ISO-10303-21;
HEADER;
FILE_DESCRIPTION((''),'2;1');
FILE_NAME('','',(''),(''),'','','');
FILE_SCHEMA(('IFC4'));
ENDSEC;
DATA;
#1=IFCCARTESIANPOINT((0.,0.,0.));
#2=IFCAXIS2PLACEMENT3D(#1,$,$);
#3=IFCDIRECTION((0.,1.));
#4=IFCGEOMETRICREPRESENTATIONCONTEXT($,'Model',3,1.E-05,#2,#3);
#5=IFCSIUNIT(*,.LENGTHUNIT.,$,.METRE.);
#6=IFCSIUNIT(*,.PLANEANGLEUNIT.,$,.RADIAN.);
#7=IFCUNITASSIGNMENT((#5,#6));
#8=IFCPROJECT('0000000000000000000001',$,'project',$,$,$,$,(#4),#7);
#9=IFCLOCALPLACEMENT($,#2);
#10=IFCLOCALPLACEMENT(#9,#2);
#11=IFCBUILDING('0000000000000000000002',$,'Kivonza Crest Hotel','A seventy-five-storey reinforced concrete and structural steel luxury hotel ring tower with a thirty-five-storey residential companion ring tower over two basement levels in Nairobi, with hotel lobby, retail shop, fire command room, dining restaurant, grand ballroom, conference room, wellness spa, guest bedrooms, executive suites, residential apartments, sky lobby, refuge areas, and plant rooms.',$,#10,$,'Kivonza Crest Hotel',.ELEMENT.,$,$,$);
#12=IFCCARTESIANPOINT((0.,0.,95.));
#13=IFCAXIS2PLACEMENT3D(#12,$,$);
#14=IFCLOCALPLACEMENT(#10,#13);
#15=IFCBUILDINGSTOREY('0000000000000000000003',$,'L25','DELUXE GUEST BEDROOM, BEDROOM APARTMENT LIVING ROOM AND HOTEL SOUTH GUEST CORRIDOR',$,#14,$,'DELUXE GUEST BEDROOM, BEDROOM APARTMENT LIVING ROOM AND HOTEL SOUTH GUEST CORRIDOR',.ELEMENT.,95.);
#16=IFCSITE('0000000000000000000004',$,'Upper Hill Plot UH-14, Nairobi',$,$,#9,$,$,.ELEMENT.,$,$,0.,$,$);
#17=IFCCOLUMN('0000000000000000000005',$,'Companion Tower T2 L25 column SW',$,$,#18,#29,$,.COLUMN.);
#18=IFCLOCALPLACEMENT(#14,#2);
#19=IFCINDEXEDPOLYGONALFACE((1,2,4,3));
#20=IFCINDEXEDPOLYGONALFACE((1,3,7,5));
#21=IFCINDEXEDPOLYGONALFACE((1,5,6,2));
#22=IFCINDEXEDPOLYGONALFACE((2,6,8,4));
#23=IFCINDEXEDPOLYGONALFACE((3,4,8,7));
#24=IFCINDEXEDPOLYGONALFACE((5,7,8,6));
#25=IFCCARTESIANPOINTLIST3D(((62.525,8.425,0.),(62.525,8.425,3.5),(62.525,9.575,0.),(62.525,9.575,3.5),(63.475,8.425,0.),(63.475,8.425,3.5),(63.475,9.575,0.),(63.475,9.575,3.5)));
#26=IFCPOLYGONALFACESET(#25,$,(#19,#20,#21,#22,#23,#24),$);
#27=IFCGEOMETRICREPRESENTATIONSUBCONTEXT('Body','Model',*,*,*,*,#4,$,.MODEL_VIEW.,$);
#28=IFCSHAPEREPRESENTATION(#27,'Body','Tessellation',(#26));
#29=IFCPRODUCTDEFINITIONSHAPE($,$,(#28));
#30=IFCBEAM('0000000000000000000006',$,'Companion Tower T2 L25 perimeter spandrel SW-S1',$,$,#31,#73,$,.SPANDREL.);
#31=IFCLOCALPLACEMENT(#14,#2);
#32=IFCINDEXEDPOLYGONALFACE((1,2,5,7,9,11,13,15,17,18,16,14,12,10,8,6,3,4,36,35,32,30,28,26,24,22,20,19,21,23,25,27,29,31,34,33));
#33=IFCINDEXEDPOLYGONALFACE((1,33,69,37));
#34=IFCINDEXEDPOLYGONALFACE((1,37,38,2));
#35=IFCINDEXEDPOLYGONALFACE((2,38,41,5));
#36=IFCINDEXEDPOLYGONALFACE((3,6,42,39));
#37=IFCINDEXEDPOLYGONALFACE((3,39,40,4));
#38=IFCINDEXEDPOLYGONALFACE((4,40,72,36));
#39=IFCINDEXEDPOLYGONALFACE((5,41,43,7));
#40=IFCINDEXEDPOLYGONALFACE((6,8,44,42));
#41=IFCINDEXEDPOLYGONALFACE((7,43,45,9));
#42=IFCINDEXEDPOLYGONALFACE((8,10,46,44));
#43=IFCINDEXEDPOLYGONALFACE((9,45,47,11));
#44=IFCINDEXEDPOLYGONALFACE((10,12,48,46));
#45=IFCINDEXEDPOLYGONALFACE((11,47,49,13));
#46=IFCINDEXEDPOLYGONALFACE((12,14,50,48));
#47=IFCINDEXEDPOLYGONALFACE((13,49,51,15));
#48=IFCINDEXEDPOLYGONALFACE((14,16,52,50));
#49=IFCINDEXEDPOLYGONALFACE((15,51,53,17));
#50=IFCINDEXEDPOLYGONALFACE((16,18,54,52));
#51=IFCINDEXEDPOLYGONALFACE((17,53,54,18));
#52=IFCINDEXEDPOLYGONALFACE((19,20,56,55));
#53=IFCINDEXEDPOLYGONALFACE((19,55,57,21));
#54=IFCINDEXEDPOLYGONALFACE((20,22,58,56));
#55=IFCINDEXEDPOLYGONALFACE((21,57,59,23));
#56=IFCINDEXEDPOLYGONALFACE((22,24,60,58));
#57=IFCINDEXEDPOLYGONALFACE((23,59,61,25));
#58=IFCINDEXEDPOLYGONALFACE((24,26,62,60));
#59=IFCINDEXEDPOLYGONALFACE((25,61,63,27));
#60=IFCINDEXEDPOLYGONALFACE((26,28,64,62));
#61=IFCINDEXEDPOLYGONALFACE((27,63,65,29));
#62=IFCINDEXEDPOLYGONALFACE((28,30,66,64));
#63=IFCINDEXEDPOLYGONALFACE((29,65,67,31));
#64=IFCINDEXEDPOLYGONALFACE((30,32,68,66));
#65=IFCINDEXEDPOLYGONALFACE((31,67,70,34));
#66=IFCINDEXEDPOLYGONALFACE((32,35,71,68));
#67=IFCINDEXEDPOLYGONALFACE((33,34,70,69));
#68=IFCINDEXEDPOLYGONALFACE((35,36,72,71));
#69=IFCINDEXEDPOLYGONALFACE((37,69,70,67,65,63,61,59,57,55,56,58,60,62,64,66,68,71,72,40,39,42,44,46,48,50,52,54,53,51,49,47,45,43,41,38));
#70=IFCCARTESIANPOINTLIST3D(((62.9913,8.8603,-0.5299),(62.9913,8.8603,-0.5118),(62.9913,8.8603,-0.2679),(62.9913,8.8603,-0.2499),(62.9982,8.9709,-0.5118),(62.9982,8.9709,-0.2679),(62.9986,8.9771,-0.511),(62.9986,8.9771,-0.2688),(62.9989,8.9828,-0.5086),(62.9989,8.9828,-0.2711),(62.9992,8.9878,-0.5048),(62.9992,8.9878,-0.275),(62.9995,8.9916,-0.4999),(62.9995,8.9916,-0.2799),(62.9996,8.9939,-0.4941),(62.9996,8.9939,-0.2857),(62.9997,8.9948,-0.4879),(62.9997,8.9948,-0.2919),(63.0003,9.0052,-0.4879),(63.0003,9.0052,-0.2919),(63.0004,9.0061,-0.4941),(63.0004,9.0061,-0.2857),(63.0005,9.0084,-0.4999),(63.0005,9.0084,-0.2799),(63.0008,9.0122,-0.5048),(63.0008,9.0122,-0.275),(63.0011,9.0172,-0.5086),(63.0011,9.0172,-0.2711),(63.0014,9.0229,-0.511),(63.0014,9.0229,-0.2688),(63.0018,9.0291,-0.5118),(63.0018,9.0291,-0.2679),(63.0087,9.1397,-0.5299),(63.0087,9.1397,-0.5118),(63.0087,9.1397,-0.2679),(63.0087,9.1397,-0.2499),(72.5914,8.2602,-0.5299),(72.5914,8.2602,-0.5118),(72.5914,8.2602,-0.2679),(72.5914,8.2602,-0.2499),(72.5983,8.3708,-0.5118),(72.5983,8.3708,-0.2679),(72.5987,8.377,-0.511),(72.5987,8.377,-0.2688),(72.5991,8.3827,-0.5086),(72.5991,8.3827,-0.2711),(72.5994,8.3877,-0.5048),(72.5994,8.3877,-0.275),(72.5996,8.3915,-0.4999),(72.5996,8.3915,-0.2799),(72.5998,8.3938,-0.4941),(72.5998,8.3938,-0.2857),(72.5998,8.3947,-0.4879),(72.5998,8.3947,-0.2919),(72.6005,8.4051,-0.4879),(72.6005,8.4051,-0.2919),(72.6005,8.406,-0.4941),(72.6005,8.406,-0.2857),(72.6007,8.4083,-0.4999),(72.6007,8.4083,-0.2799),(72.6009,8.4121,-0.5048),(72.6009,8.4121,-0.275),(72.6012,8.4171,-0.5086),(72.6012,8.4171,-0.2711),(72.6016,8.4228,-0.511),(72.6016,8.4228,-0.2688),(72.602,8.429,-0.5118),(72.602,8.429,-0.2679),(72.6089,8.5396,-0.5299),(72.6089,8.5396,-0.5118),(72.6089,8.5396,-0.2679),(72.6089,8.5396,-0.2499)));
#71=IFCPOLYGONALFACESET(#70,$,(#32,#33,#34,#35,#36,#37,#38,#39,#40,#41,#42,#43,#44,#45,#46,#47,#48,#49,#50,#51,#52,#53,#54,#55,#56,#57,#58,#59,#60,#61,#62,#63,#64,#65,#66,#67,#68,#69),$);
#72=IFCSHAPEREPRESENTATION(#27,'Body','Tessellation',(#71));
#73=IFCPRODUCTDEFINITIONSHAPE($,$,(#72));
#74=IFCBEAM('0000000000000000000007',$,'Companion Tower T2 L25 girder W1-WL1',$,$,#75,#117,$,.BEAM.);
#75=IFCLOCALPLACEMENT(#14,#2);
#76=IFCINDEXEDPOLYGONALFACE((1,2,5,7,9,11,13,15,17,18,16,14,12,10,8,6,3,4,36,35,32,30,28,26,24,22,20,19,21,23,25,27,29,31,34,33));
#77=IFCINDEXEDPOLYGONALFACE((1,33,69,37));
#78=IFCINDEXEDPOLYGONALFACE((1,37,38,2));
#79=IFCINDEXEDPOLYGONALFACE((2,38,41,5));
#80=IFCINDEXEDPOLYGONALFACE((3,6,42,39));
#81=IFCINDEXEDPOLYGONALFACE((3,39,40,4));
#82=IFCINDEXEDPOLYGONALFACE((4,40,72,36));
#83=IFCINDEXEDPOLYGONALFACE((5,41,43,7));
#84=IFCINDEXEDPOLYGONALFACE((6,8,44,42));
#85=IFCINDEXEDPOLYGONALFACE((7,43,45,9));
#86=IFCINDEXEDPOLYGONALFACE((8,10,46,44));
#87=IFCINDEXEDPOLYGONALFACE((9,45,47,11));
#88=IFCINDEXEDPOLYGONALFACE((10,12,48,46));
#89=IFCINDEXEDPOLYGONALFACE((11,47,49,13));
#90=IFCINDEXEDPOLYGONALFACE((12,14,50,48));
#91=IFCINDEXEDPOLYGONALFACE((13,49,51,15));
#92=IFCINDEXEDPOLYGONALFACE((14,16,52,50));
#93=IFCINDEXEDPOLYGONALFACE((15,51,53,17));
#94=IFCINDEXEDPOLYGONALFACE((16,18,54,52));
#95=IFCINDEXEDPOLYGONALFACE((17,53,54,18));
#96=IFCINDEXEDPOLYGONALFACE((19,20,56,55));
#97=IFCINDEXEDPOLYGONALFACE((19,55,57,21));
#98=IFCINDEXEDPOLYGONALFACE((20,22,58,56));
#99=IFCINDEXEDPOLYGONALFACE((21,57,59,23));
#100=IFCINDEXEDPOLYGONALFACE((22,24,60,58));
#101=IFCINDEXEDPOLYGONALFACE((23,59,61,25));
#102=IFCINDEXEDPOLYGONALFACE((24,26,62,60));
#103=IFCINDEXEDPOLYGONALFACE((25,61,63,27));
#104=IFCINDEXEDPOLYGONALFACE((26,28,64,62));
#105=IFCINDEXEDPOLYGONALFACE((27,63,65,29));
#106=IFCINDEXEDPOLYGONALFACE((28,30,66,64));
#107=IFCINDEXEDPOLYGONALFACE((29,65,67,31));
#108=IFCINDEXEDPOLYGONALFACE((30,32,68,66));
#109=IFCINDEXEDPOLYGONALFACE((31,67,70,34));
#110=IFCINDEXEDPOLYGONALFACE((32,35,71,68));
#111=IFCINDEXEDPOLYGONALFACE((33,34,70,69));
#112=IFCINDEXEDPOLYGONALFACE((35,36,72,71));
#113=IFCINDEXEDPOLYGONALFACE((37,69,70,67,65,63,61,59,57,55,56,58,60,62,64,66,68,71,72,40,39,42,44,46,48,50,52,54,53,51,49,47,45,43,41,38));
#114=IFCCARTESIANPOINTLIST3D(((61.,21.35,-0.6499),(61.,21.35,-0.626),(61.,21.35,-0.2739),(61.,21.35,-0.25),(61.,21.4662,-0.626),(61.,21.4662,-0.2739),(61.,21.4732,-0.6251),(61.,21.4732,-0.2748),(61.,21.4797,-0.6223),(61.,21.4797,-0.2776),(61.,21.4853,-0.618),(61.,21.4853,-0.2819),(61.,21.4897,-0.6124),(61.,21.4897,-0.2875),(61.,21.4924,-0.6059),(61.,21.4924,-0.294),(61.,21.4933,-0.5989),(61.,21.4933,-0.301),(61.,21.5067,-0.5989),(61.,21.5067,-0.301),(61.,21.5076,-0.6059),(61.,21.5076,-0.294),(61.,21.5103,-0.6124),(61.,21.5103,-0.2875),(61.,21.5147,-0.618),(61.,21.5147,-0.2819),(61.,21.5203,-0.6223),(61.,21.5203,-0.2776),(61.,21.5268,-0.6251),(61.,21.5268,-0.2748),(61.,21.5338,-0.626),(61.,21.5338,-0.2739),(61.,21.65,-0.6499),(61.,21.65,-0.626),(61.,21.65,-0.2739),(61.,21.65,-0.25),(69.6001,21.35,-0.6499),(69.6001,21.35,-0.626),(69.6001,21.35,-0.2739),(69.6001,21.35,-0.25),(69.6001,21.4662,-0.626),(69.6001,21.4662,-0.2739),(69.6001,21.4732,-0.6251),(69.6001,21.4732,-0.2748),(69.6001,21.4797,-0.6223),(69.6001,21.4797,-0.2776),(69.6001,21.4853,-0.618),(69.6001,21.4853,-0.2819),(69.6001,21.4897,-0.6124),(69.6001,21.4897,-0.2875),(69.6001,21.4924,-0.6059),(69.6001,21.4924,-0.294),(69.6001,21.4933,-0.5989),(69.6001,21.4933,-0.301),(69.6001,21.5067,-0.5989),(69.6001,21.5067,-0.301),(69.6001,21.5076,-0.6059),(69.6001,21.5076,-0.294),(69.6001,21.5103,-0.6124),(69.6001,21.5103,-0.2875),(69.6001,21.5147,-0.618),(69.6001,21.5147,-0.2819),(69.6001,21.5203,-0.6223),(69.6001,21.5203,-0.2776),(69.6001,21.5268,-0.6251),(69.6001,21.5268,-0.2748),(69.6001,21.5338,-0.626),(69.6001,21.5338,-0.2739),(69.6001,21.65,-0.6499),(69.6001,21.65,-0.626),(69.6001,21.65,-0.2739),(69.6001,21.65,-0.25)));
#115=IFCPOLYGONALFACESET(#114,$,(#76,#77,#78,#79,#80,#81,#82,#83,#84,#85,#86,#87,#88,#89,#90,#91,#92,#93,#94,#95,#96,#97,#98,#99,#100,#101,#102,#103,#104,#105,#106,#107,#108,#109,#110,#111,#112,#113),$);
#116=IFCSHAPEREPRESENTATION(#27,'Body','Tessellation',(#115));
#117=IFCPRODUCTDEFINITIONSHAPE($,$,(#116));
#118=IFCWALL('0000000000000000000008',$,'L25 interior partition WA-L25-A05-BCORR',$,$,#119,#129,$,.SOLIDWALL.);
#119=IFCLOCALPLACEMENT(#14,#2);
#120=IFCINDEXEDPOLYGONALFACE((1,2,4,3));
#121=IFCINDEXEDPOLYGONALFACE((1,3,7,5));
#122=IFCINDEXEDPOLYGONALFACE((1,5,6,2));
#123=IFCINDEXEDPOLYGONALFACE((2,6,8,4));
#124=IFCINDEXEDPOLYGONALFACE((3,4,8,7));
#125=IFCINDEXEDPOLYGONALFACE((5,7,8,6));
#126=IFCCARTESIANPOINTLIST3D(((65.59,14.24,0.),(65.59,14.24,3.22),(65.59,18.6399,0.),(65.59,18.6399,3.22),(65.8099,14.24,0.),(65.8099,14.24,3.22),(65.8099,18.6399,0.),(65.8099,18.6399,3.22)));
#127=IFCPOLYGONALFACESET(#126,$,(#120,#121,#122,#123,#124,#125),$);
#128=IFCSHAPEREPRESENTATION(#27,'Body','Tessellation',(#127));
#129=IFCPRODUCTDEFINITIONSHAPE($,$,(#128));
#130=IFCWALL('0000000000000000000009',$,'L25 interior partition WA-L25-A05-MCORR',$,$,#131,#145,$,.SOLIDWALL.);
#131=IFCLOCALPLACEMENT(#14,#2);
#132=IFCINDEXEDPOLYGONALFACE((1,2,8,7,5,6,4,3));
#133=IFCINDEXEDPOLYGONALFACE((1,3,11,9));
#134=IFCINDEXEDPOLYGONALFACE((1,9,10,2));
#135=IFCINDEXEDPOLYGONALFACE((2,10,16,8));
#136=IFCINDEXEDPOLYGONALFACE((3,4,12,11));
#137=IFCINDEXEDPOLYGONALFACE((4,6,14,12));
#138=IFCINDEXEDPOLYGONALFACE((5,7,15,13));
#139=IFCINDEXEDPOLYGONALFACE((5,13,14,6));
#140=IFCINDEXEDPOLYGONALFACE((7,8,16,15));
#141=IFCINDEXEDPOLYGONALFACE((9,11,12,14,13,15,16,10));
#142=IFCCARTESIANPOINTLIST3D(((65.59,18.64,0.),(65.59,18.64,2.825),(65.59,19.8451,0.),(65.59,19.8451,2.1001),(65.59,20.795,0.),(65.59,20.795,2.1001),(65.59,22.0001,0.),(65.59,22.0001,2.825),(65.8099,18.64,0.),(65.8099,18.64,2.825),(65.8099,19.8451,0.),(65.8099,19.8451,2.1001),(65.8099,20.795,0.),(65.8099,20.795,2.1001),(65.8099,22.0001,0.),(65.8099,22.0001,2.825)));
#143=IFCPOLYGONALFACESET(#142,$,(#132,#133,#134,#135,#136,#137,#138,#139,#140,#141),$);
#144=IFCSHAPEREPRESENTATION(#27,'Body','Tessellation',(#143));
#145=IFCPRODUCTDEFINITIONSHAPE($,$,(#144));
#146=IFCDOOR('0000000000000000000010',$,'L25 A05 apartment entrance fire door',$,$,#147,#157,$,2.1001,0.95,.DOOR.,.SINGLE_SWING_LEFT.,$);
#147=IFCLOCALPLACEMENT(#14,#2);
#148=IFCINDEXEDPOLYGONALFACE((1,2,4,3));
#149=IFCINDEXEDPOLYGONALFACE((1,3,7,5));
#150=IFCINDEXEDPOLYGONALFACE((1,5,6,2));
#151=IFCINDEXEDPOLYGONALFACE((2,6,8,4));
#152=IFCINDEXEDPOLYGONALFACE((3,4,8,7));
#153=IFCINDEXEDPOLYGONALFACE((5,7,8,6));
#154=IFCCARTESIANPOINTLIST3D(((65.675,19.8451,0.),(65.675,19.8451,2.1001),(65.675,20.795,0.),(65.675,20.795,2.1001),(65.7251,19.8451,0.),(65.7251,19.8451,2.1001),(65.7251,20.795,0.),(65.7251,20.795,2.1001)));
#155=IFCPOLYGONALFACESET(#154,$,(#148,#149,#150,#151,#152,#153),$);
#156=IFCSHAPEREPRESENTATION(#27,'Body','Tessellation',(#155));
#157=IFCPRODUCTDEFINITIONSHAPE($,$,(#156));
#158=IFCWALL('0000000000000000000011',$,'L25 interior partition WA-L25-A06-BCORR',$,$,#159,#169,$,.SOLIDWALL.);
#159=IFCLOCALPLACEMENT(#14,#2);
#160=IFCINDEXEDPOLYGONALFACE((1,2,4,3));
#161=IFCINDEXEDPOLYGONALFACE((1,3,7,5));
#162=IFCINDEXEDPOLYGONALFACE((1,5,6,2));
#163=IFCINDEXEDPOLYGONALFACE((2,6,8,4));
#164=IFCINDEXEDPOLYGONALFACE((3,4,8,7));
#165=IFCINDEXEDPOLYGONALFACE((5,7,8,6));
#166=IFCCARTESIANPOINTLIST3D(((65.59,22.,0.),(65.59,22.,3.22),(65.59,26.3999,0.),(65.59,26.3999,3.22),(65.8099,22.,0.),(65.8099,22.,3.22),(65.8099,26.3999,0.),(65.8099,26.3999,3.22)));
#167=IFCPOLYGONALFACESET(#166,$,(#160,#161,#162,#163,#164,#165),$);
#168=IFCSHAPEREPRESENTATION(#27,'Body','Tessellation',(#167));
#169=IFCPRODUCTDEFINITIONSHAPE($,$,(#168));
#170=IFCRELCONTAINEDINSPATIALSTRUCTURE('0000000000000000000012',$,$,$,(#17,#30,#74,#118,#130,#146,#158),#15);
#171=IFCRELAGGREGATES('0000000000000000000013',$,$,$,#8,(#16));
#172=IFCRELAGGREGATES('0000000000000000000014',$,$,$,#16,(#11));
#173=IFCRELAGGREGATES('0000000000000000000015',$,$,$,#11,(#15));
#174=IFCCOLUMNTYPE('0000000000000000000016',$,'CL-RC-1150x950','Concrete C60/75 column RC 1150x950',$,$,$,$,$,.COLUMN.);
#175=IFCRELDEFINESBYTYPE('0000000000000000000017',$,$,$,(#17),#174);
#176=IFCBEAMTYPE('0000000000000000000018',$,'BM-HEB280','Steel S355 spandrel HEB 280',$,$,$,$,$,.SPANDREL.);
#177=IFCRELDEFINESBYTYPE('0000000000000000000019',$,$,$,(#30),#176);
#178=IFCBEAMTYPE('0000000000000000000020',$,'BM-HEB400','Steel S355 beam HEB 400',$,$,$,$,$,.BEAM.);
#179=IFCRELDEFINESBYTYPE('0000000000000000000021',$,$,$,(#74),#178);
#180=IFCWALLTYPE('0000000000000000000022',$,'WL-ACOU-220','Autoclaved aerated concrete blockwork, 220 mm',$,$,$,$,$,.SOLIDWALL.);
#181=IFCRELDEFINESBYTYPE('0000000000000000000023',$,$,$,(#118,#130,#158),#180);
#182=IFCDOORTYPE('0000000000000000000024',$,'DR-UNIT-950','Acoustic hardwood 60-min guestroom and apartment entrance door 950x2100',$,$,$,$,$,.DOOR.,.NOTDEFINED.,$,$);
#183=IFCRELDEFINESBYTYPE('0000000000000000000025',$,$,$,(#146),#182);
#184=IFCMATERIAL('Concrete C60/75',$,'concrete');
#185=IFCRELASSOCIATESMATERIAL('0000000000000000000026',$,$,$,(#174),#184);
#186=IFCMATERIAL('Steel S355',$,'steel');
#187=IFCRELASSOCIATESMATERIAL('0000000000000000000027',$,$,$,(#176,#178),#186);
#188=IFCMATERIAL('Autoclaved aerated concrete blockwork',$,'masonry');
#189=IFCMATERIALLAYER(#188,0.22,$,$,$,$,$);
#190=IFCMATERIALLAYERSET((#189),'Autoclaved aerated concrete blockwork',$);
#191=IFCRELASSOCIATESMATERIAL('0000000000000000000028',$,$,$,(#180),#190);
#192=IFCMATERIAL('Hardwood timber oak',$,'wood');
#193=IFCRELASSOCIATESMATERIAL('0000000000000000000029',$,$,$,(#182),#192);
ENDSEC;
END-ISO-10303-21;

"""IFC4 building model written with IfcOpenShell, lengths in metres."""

from ifc_helpers import new_model, si_unit, direction, frame, frame_2d, origin, origin_2d, place, context, subcontext, project, spatial, rectangle, i_section, extrude, material, layer, layer_set, material_profile, profile_set, type_object, element, fill, save


model = new_model("IFC4")

# Units and contexts
model_context = context("Model", 3, precision=1e-05, world=origin(), true_north=direction((0.0, 1.0)))
body_context = subcontext(model_context, "Body", "Model", "MODEL_VIEW")
ifc_project = project(units=[si_unit("LENGTHUNIT", "METRE"), si_unit("PLANEANGLEUNIT", "RADIAN")], contexts=[model_context])

# Site, building, storey
site_placement = place(None, origin())
site = spatial("IfcSite", under=ifc_project, at=site_placement, Name="Upper Hill Plot UH-14, Nairobi", CompositionType="ELEMENT", RefElevation=0.0)
building_placement = place(site_placement, origin())
building = spatial("IfcBuilding", under=site, at=building_placement, Name="Kivonza Crest Hotel", Description="A seventy-five-storey reinforced concrete and structural steel luxury hotel ring tower with a thirty-five-storey residential companion ring tower over two basement levels in Nairobi, with hotel lobby, retail shop, fire command room, dining restaurant, grand ballroom, conference room, wellness spa, guest bedrooms, executive suites, residential apartments, sky lobby, refuge areas, and plant rooms.", LongName="Kivonza Crest Hotel", CompositionType="ELEMENT")
storey_placement = place(building_placement, frame((0.0, 0.0, 95.0)))
storey = spatial("IfcBuildingStorey", under=building, at=storey_placement, Name="L25", Description="DELUXE GUEST BEDROOM, BEDROOM APARTMENT LIVING ROOM AND HOTEL SOUTH GUEST CORRIDOR", LongName="DELUXE GUEST BEDROOM, BEDROOM APARTMENT LIVING ROOM AND HOTEL SOUTH GUEST CORRIDOR", CompositionType="ELEMENT", Elevation=95.0)

# Column
ifc_material_1 = material(Name="Concrete C60/75", Category="concrete")
ifc_material_profile_1 = material_profile(ifc_material_1, rectangle(XDim=0.95, YDim=1.1499, at=origin_2d()), Name="RC 1150x950")
ifc_profile_set_1 = profile_set([ifc_material_profile_1], Name="Concrete C60/75")
column_type = type_object("IfcColumnType", Name="CL-RC-1150x950", Description="Concrete C60/75 column RC 1150x950", PredefinedType="COLUMN", material=ifc_profile_set_1)
column_placement = place(storey_placement, frame((63.0, 9.0, 0.0), z_axis=(0.0, 0.0, 1.0), x_axis=(1.0, 0.0, 0.0)))
element("IfcColumn", 1, at=column_placement, inside=storey, type_object=column_type, Name="Companion Tower T2 L25 column SW", PredefinedType="COLUMN", context=body_context, shape_type="SweptSolid", body=[
    extrude(rectangle(XDim=0.95, YDim=1.1499, at=origin_2d()), origin(), (0.0, 0.0, 1.0), 3.5),
])

# Beams
ifc_material_2 = material(Name="Steel S355", Category="steel")
ifc_material_profile_2 = material_profile(ifc_material_2, i_section(OverallWidth=0.28, OverallDepth=0.28, WebThickness=0.0105, FlangeThickness=0.0181, FilletRadius=0.0239, at=origin_2d()), Name="HEB 280")
ifc_profile_set_2 = profile_set([ifc_material_profile_2], Name="Steel S355")
beam_type_1 = type_object("IfcBeamType", Name="BM-HEB280", Description="Steel S355 spandrel HEB 280", PredefinedType="SPANDREL", material=ifc_profile_set_2)
beam_1_placement = place(storey_placement, frame((63.0, 9.0, -0.3899), z_axis=(0.998052, -0.062388, 0.0), x_axis=(0.062388, 0.998052, 0.0)))
element("IfcBeam", 2, at=beam_1_placement, inside=storey, type_object=beam_type_1, Name="Companion Tower T2 L25 perimeter spandrel SW-S1", PredefinedType="SPANDREL", context=body_context, shape_type="SweptSolid", body=[
    extrude(i_section(OverallWidth=0.28, OverallDepth=0.28, WebThickness=0.0105, FlangeThickness=0.0181, FilletRadius=0.0239, at=origin_2d()), origin(), (0.0, 0.0, 1.0), 9.6189),
])
ifc_material_profile_3 = material_profile(ifc_material_2, i_section(OverallWidth=0.3, OverallDepth=0.3999, WebThickness=0.0134, FlangeThickness=0.0239, FilletRadius=0.0271, at=origin_2d()), Name="HEB 400")
ifc_profile_set_3 = profile_set([ifc_material_profile_3], Name="Steel S355")
beam_type_2 = type_object("IfcBeamType", Name="BM-HEB400", Description="Steel S355 beam HEB 400", PredefinedType="BEAM", material=ifc_profile_set_3)
beam_2_placement = place(storey_placement, frame((61.0, 21.5, -0.45), z_axis=(1.0, 0.0, 0.0), x_axis=(0.0, 1.0, 0.0)))
element("IfcBeam", 3, at=beam_2_placement, inside=storey, type_object=beam_type_2, Name="Companion Tower T2 L25 girder W1-WL1", PredefinedType="BEAM", context=body_context, shape_type="SweptSolid", body=[
    extrude(i_section(OverallWidth=0.3, OverallDepth=0.3999, WebThickness=0.0134, FlangeThickness=0.0239, FilletRadius=0.0271, at=origin_2d()), origin(), (0.0, 0.0, 1.0), 8.6001),
])

# Wall
ifc_material_3 = material(Name="Autoclaved aerated concrete blockwork", Category="masonry")
ifc_layer_1 = layer(ifc_material_3, 0.22)
ifc_layer_set_1 = layer_set([ifc_layer_1], Name="Autoclaved aerated concrete blockwork")
wall_type_1 = type_object("IfcWallType", Name="WL-ACOU-220", Description="Autoclaved aerated concrete blockwork, 220 mm", PredefinedType="SOLIDWALL", material=ifc_layer_set_1)
wall_1_placement = place(storey_placement, frame((65.7, 14.24, 0.0), z_axis=(0.0, 0.0, 1.0), x_axis=(0.0, 1.0, 0.0)))
element("IfcWall", 4, at=wall_1_placement, inside=storey, type_object=wall_type_1, Name="L25 interior partition WA-L25-A05-BCORR", PredefinedType="SOLIDWALL", context=body_context, shape_type="SweptSolid", body=[
    extrude(rectangle(XDim=4.3999, YDim=0.22, at=frame_2d((2.2, 0.0))), origin(), (0.0, 0.0, 1.0), 3.22),
])

# Wall, opening, door
wall_2_placement = place(storey_placement, frame((65.7, 18.6399, 0.0), z_axis=(0.0, 0.0, 1.0), x_axis=(0.0, 1.0, 0.0)))
wall_2 = element("IfcWall", 5, at=wall_2_placement, inside=storey, type_object=wall_type_1, Name="L25 interior partition WA-L25-A05-MCORR", PredefinedType="SOLIDWALL", context=body_context, shape_type="SweptSolid", body=[
    extrude(rectangle(XDim=3.3601, YDim=0.22, at=frame_2d((1.6802, 0.0))), origin(), (0.0, 0.0, 1.0), 2.825),
])
opening_1_placement = place(wall_2_placement, frame((1.2051, 0.0, 0.0)))
opening_1 = element("IfcOpeningElement", 6, at=opening_1_placement, cuts=wall_2, PredefinedType="OPENING", context=body_context, shape_type="SweptSolid", body=[
    extrude(rectangle(XDim=0.95, YDim=2.1001, at=frame_2d((0.4751, 1.05))), frame((0.0, 0.1201, 0.0), z_axis=(0.0, -1.0, 0.0), x_axis=(1.0, 0.0, 0.0)), (0.0, 0.0, 1.0), 0.24),
])
ifc_material_4 = material(Name="Hardwood timber oak", Category="wood")
door_type_1 = type_object("IfcDoorType", Name="DR-UNIT-950", Description="Acoustic hardwood 60-min guestroom and apartment entrance door 950x2100", OperationType="NOTDEFINED", PredefinedType="DOOR", material=ifc_material_4)
door_1_placement = place(opening_1_placement, origin())
door_1 = element("IfcDoor", 7, at=door_1_placement, inside=storey, type_object=door_type_1, Name="L25 A05 apartment entrance fire door", OperationType="SINGLE_SWING_LEFT", OverallHeight=2.1001, OverallWidth=0.95, PredefinedType="DOOR", context=body_context, shape_type="SweptSolid", body=[
    extrude(rectangle(XDim=0.95, YDim=2.1001, at=frame_2d((0.4751, 1.05))), frame((0.0, 0.0249, 0.0), z_axis=(0.0, -1.0, 0.0), x_axis=(1.0, 0.0, 0.0)), (0.0, 0.0, 1.0), 0.05),
])
fill(opening_1, door_1)

# Wall
wall_3_placement = place(storey_placement, frame((65.7, 22.0, 0.0), z_axis=(0.0, 0.0, 1.0), x_axis=(0.0, 1.0, 0.0)))
element("IfcWall", 8, at=wall_3_placement, inside=storey, type_object=wall_type_1, Name="L25 interior partition WA-L25-A06-BCORR", PredefinedType="SOLIDWALL", context=body_context, shape_type="SweptSolid", body=[
    extrude(rectangle(XDim=4.3999, YDim=0.22, at=frame_2d((2.2, 0.0))), origin(), (0.0, 0.0, 1.0), 3.22),
])

save(model, "model.ifc")
